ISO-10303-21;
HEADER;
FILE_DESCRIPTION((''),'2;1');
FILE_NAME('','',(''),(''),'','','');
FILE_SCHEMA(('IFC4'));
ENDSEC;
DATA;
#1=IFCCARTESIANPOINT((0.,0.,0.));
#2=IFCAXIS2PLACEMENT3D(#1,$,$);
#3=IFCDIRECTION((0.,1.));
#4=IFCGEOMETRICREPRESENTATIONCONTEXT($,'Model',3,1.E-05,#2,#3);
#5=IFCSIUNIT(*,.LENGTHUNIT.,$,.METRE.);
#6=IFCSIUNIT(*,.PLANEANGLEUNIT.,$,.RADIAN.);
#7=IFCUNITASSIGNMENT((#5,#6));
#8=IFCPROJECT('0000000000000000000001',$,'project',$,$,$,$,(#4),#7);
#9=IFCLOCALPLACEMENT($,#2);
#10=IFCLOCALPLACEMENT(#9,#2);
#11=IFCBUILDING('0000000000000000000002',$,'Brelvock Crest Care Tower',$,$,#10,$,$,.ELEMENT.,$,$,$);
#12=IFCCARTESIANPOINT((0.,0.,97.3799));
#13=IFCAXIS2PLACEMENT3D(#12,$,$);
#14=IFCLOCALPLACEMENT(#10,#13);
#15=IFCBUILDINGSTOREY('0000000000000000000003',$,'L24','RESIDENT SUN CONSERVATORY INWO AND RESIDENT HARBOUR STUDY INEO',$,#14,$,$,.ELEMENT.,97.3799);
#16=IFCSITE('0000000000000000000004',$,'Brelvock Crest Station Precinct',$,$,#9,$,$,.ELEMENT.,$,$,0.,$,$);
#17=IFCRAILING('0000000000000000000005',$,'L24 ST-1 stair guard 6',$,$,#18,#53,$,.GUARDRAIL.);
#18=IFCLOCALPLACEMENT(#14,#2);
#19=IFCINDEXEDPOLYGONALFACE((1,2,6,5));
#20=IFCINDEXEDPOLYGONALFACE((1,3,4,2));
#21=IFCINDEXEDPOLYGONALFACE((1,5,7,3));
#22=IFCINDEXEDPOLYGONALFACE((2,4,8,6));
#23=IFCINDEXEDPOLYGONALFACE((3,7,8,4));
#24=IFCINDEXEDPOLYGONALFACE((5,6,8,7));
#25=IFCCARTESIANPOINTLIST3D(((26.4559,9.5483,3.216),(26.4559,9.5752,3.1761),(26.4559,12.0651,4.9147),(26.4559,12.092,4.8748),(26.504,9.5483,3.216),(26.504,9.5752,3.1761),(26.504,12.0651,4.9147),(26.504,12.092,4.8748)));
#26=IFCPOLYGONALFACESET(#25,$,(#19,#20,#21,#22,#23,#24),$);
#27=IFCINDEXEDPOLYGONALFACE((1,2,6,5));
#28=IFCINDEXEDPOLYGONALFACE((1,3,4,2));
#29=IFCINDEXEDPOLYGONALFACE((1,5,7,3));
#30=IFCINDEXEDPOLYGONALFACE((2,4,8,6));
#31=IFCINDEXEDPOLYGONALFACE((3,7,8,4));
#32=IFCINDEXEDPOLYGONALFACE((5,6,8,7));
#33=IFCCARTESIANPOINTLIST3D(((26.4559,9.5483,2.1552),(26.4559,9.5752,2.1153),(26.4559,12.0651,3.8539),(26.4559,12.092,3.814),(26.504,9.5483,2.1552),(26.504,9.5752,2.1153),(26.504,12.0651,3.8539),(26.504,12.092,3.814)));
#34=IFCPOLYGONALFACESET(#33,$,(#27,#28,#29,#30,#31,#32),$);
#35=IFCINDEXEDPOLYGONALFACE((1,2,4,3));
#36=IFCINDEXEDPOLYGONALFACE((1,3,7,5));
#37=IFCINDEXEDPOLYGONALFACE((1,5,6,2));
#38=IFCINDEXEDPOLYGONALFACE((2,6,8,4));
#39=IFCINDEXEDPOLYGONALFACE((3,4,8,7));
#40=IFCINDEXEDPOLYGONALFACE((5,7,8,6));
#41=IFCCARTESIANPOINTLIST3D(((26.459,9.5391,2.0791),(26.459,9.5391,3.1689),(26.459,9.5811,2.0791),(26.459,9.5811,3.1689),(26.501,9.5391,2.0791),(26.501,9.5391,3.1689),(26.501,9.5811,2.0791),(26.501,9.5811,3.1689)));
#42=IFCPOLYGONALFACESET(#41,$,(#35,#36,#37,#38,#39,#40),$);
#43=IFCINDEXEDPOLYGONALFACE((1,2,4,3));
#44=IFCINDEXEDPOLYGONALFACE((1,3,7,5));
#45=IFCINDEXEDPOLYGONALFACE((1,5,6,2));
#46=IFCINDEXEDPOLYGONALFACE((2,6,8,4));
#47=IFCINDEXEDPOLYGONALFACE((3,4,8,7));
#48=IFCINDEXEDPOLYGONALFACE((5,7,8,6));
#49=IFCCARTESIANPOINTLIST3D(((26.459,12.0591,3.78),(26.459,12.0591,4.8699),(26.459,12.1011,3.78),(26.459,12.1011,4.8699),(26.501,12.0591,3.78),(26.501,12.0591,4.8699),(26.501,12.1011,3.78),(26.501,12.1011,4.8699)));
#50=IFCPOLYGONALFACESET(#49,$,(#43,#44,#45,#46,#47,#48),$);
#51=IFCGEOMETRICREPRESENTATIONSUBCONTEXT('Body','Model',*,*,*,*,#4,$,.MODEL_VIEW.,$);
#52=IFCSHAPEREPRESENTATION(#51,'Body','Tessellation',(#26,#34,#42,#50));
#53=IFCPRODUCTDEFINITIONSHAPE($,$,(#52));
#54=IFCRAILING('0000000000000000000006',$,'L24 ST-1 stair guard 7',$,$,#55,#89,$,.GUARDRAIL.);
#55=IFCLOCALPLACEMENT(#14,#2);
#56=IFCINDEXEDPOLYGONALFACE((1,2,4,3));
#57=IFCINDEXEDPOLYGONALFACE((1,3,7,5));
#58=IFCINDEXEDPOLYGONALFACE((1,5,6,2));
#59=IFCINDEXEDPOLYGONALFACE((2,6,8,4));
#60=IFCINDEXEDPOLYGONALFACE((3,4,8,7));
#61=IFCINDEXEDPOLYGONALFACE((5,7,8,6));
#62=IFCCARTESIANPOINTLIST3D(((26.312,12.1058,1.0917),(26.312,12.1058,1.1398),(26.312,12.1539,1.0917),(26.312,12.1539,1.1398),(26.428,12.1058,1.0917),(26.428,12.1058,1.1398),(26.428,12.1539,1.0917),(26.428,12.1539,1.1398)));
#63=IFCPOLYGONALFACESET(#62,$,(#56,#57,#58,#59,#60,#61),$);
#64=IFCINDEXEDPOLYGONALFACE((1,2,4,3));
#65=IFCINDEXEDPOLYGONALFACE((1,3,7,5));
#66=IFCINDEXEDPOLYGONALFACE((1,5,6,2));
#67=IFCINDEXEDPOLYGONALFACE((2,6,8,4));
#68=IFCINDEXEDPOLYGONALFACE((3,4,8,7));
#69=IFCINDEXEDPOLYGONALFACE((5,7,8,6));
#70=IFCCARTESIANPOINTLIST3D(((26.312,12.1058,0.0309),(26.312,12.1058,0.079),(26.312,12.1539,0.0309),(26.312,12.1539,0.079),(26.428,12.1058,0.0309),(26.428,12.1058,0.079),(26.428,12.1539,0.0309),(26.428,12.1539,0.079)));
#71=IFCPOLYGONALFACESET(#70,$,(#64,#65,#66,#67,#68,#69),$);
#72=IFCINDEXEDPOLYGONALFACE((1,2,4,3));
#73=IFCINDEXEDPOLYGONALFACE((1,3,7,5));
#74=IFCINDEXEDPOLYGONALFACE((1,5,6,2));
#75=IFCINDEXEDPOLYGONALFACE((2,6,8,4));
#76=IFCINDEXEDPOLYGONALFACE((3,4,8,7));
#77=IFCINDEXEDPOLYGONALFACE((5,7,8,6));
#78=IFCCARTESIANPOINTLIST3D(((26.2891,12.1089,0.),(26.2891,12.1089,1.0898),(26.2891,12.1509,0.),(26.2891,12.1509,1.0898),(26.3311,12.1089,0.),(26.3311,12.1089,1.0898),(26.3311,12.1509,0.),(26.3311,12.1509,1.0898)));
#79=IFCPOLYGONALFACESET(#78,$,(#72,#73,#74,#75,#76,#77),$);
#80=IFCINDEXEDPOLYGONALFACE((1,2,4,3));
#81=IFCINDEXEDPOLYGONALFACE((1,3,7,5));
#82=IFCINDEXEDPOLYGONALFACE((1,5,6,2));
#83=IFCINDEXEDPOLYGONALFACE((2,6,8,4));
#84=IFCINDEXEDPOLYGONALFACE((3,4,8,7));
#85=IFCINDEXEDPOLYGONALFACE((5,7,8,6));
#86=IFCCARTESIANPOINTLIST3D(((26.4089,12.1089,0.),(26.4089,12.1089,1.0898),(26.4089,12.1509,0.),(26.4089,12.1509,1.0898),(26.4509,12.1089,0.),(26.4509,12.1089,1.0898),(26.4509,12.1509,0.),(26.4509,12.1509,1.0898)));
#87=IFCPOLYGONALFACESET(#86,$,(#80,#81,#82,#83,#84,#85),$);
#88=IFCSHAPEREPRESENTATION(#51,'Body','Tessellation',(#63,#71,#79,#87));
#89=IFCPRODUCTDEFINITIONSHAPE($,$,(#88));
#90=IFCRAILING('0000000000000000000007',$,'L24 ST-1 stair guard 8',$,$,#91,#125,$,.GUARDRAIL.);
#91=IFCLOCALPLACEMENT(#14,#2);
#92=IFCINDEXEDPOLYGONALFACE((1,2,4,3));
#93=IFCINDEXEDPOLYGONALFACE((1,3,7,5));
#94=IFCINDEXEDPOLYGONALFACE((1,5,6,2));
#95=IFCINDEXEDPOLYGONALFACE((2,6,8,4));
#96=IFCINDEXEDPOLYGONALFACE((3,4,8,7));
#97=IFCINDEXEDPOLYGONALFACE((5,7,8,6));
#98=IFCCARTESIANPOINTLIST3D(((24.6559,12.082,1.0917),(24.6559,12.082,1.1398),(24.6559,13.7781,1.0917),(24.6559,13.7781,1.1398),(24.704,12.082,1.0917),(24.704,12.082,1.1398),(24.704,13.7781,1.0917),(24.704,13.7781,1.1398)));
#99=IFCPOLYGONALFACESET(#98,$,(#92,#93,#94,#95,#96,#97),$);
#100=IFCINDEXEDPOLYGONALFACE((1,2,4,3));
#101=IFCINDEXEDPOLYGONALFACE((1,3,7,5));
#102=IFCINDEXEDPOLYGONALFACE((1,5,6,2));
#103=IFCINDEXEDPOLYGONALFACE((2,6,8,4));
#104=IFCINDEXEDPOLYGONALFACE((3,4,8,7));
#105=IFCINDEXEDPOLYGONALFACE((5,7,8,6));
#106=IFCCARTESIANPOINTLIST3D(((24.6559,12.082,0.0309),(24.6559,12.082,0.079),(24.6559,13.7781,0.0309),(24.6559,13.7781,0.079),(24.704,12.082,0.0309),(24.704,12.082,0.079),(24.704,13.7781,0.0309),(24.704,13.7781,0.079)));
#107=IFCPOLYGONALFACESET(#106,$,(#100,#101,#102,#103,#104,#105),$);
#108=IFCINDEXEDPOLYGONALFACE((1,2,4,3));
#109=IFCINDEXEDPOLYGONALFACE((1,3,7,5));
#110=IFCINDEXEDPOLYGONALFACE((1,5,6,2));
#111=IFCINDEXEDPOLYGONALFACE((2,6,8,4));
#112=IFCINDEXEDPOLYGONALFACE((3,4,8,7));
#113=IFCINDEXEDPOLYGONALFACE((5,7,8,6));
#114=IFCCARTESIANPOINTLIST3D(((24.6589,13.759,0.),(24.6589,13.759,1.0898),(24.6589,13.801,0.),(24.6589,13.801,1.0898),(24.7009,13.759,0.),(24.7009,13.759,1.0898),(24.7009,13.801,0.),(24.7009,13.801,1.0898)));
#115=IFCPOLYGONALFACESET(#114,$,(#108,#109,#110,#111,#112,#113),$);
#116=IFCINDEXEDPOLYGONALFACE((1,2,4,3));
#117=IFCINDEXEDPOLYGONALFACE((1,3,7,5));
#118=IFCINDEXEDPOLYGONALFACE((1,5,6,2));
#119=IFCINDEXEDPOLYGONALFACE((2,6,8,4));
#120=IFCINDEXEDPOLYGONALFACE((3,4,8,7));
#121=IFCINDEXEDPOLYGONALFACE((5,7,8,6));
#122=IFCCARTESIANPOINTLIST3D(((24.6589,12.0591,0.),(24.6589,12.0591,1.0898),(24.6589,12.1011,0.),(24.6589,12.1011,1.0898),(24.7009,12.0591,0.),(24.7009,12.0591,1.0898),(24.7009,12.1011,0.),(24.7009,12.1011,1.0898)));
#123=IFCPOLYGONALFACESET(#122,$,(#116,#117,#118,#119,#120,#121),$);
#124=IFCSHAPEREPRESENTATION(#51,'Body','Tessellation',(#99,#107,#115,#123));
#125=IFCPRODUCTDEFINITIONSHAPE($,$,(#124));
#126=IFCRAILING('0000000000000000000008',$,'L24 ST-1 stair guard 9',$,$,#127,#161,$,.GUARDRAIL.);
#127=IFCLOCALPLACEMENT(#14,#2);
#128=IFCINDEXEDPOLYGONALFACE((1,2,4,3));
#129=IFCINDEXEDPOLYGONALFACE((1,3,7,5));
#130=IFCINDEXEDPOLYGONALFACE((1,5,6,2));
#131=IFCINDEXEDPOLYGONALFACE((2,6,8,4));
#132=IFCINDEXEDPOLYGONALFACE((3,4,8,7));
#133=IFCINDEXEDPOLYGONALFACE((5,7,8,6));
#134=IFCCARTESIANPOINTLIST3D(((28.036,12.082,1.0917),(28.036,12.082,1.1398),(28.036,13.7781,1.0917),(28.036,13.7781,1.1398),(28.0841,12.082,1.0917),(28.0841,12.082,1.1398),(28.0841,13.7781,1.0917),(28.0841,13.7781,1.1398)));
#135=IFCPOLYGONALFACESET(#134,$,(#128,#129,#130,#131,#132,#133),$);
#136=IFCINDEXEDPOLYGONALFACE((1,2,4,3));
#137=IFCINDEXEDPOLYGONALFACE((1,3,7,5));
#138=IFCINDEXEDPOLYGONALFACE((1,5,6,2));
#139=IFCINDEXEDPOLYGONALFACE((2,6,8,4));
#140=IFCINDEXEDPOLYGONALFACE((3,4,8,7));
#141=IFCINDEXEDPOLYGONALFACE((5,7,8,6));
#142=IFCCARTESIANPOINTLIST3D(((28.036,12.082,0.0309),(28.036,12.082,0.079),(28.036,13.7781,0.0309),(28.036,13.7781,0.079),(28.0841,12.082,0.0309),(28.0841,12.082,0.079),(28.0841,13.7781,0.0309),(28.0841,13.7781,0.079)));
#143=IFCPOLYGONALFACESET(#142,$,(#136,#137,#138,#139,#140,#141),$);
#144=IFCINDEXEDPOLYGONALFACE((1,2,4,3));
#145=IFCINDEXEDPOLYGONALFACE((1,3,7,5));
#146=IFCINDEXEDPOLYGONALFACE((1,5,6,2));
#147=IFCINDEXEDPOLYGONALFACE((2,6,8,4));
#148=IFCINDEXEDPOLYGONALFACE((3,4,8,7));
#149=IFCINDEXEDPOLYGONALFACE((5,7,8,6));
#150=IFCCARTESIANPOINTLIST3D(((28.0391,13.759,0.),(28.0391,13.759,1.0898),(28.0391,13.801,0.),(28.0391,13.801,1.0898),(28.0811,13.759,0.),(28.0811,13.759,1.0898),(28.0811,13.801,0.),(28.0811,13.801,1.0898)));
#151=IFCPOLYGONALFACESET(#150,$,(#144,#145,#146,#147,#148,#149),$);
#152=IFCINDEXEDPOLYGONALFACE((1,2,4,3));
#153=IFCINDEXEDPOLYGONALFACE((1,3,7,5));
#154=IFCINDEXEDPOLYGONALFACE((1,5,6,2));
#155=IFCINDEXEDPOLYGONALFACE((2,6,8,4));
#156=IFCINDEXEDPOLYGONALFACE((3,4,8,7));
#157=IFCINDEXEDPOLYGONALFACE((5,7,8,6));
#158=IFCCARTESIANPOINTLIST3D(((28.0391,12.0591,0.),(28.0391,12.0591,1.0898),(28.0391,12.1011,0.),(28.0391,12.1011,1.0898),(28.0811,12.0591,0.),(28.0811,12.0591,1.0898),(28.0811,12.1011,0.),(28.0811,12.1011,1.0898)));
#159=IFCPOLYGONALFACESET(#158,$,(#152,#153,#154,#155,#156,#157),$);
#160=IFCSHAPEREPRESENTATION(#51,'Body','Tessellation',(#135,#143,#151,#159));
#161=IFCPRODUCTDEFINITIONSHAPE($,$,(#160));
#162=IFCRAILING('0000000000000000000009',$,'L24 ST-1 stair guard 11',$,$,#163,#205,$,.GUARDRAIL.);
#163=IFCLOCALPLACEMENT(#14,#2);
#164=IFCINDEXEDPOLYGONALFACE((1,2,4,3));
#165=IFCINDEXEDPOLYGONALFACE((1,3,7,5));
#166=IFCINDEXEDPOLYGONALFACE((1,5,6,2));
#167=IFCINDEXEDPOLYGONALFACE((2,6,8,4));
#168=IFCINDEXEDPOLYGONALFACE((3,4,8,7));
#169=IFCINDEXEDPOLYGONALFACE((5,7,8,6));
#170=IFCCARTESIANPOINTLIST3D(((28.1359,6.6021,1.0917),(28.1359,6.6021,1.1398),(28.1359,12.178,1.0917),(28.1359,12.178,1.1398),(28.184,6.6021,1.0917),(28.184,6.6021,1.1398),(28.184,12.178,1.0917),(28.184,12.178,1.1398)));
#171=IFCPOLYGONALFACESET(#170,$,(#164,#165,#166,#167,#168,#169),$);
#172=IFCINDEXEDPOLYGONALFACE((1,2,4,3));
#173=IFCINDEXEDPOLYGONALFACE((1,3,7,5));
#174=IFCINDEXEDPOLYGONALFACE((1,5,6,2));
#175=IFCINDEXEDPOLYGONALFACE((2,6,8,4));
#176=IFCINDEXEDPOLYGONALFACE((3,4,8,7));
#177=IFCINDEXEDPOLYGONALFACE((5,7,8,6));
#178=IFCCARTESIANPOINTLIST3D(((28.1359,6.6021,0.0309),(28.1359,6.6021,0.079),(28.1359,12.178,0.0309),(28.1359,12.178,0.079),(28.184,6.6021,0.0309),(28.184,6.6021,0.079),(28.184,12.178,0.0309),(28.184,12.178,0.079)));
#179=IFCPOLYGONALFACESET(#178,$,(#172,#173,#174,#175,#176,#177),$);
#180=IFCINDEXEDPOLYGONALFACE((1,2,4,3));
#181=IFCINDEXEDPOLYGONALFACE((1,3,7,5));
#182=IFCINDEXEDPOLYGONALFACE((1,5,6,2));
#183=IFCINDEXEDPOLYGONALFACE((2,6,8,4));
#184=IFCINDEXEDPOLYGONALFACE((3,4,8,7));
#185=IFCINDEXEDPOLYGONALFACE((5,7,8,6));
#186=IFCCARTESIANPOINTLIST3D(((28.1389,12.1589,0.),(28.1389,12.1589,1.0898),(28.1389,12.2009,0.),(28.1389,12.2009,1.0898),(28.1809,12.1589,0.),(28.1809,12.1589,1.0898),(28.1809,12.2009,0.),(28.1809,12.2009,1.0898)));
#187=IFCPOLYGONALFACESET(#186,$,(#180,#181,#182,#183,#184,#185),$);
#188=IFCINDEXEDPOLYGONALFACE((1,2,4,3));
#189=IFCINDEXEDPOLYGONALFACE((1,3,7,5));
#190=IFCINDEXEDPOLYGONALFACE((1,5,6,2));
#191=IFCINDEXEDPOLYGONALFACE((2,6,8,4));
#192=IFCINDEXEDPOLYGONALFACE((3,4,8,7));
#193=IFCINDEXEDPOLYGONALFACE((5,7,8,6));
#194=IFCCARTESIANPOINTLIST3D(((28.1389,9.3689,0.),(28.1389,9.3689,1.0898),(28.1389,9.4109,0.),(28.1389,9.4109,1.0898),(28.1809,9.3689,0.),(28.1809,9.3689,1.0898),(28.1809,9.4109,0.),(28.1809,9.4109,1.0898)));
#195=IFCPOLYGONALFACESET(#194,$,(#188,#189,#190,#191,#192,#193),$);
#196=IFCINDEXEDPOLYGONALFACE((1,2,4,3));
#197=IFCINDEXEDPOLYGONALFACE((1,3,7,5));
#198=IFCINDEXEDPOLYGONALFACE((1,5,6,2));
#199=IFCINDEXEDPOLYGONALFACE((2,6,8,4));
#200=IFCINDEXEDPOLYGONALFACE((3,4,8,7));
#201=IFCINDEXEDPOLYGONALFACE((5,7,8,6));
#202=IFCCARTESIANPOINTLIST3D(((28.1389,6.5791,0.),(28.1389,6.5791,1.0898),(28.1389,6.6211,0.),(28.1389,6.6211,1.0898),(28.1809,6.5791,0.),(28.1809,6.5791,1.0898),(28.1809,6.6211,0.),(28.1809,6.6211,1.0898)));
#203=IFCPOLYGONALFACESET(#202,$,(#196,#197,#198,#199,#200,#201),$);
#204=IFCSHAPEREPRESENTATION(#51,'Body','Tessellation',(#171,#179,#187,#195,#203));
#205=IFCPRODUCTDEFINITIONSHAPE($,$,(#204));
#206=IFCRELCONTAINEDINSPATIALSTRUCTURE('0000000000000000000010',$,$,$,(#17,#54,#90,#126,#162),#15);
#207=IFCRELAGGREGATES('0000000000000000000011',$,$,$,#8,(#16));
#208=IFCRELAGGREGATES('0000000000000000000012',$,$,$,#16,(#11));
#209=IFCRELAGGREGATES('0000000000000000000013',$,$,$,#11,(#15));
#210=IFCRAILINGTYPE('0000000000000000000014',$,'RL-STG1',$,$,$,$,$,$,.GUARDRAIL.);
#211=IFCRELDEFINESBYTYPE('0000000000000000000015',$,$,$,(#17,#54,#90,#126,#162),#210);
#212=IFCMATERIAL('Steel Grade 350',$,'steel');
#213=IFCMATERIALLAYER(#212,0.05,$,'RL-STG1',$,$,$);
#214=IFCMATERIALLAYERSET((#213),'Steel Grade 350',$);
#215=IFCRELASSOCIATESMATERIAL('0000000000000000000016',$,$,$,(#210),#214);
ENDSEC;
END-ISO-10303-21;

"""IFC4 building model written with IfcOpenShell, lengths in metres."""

from ifc_helpers import new_model, si_unit, direction, frame, origin, origin_2d, place, context, subcontext, project, spatial, rectangle, extrude, material, layer, layer_set, type_object, element, save


model = new_model("IFC4")

# Units and contexts
model_context = context("Model", 3, precision=1e-05, world=origin(), true_north=direction((0.0, 1.0)))
body_context = subcontext(model_context, "Body", "Model", "MODEL_VIEW")
ifc_project = project(units=[si_unit("LENGTHUNIT", "METRE"), si_unit("PLANEANGLEUNIT", "RADIAN")], contexts=[model_context])

# Site, building, storey
site_placement = place(None, origin())
site = spatial("IfcSite", under=ifc_project, at=site_placement, Name="Brelvock Crest Station Precinct", CompositionType="ELEMENT", RefElevation=0.0)
building_placement = place(site_placement, origin())
building = spatial("IfcBuilding", under=site, at=building_placement, Name="Brelvock Crest Care Tower", CompositionType="ELEMENT")
storey_placement = place(building_placement, frame((0.0, 0.0, 97.3799)))
storey = spatial("IfcBuildingStorey", under=building, at=storey_placement, Name="L24", Description="RESIDENT SUN CONSERVATORY INWO AND RESIDENT HARBOUR STUDY INEO", CompositionType="ELEMENT", Elevation=97.3799)

# Shared definitions
ifc_material_1 = material(Name="Steel Grade 350", Category="steel")

# Railings
ifc_layer_1 = layer(ifc_material_1, 0.05, Name="RL-STG1")
ifc_layer_set_1 = layer_set([ifc_layer_1], Name="Steel Grade 350")
railing_type_1 = type_object("IfcRailingType", Name="RL-STG1", PredefinedType="GUARDRAIL", material=ifc_layer_set_1)
railing_1_placement = place(storey_placement, frame((26.48, 9.5601, 2.0791)))
element("IfcRailing", 1, at=railing_1_placement, inside=storey, type_object=railing_type_1, Name="L24 ST-1 stair guard 6", PredefinedType="GUARDRAIL", context=body_context, shape_type="SweptSolid", body=[
    extrude(rectangle(XDim=0.0481, YDim=0.0481, at=origin_2d()), frame((0.0, 0.0017, 1.1169), z_axis=(0.0, 0.828862, 0.559454), x_axis=(-1.0, 0.0, 0.0)), (0.0, 0.0, 1.0), 3.0364),
    extrude(rectangle(XDim=0.0481, YDim=0.0481, at=origin_2d()), frame((0.0, 0.0017, 0.0562), z_axis=(0.0, 0.828862, 0.559454), x_axis=(-1.0, 0.0, 0.0)), (0.0, 0.0, 1.0), 3.0364),
    extrude(rectangle(XDim=0.042, YDim=0.042, at=origin_2d()), origin(), (0.0, 0.0, 1.0), 1.0898),
    extrude(rectangle(XDim=0.042, YDim=0.042, at=origin_2d()), frame((0.0, 2.52, 1.7009)), (0.0, 0.0, 1.0), 1.0898),
])
railing_2_placement = place(storey_placement, frame((26.3101, 12.1299, 0.0)))
element("IfcRailing", 2, at=railing_2_placement, inside=storey, type_object=railing_type_1, Name="L24 ST-1 stair guard 7", PredefinedType="GUARDRAIL", context=body_context, shape_type="SweptSolid", body=[
    extrude(rectangle(XDim=0.0481, YDim=0.0481, at=origin_2d()), frame((0.002, 0.0, 1.1157), z_axis=(1.0, 0.0, 0.0), x_axis=(0.0, 1.0, 0.0)), (0.0, 0.0, 1.0), 0.116),
    extrude(rectangle(XDim=0.0481, YDim=0.0481, at=origin_2d()), frame((0.002, 0.0, 0.0549), z_axis=(1.0, 0.0, 0.0), x_axis=(0.0, 1.0, 0.0)), (0.0, 0.0, 1.0), 0.116),
    extrude(rectangle(XDim=0.042, YDim=0.042, at=origin_2d()), origin(), (0.0, 0.0, 1.0), 1.0898),
    extrude(rectangle(XDim=0.042, YDim=0.042, at=origin_2d()), frame((0.1199, 0.0, 0.0)), (0.0, 0.0, 1.0), 1.0898),
])
for number, where, name in (
    (3, (24.6799, 13.78, 0.0), "L24 ST-1 stair guard 8"),
    (4, (28.0601, 13.78, 0.0), "L24 ST-1 stair guard 9"),
):
    element("IfcRailing", number, at=place(storey_placement, frame(where)), inside=storey, type_object=railing_type_1, Name=name, PredefinedType="GUARDRAIL", context=body_context, shape_type="SweptSolid", body=[
        extrude(rectangle(XDim=0.0481, YDim=0.0481, at=origin_2d()), frame((0.0, -0.002, 1.1157), z_axis=(0.0, -1.0, 0.0), x_axis=(1.0, 0.0, 0.0)), (0.0, 0.0, 1.0), 1.696),
        extrude(rectangle(XDim=0.0481, YDim=0.0481, at=origin_2d()), frame((0.0, -0.002, 0.0549), z_axis=(0.0, -1.0, 0.0), x_axis=(1.0, 0.0, 0.0)), (0.0, 0.0, 1.0), 1.696),
        extrude(rectangle(XDim=0.042, YDim=0.042, at=origin_2d()), origin(), (0.0, 0.0, 1.0), 1.0898),
        extrude(rectangle(XDim=0.042, YDim=0.042, at=origin_2d()), frame((0.0, -1.7, 0.0)), (0.0, 0.0, 1.0), 1.0898),
    ])
railing_3_placement = place(storey_placement, frame((28.1599, 12.1799, 0.0)))
element("IfcRailing", 5, at=railing_3_placement, inside=storey, type_object=railing_type_1, Name="L24 ST-1 stair guard 11", PredefinedType="GUARDRAIL", context=body_context, shape_type="SweptSolid", body=[
    extrude(rectangle(XDim=0.0481, YDim=0.0481, at=origin_2d()), frame((0.0, -0.002, 1.1157), z_axis=(0.0, -1.0, 0.0), x_axis=(1.0, 0.0, 0.0)), (0.0, 0.0, 1.0), 5.5759),
    extrude(rectangle(XDim=0.0481, YDim=0.0481, at=origin_2d()), frame((0.0, -0.002, 0.0549), z_axis=(0.0, -1.0, 0.0), x_axis=(1.0, 0.0, 0.0)), (0.0, 0.0, 1.0), 5.5759),
    extrude(rectangle(XDim=0.042, YDim=0.042, at=origin_2d()), origin(), (0.0, 0.0, 1.0), 1.0898),
    extrude(rectangle(XDim=0.042, YDim=0.042, at=origin_2d()), frame((0.0, -2.79, 0.0)), (0.0, 0.0, 1.0), 1.0898),
    extrude(rectangle(XDim=0.042, YDim=0.042, at=origin_2d()), frame((0.0, -5.5798, 0.0)), (0.0, 0.0, 1.0), 1.0898),
])

save(model, "model.ifc")
